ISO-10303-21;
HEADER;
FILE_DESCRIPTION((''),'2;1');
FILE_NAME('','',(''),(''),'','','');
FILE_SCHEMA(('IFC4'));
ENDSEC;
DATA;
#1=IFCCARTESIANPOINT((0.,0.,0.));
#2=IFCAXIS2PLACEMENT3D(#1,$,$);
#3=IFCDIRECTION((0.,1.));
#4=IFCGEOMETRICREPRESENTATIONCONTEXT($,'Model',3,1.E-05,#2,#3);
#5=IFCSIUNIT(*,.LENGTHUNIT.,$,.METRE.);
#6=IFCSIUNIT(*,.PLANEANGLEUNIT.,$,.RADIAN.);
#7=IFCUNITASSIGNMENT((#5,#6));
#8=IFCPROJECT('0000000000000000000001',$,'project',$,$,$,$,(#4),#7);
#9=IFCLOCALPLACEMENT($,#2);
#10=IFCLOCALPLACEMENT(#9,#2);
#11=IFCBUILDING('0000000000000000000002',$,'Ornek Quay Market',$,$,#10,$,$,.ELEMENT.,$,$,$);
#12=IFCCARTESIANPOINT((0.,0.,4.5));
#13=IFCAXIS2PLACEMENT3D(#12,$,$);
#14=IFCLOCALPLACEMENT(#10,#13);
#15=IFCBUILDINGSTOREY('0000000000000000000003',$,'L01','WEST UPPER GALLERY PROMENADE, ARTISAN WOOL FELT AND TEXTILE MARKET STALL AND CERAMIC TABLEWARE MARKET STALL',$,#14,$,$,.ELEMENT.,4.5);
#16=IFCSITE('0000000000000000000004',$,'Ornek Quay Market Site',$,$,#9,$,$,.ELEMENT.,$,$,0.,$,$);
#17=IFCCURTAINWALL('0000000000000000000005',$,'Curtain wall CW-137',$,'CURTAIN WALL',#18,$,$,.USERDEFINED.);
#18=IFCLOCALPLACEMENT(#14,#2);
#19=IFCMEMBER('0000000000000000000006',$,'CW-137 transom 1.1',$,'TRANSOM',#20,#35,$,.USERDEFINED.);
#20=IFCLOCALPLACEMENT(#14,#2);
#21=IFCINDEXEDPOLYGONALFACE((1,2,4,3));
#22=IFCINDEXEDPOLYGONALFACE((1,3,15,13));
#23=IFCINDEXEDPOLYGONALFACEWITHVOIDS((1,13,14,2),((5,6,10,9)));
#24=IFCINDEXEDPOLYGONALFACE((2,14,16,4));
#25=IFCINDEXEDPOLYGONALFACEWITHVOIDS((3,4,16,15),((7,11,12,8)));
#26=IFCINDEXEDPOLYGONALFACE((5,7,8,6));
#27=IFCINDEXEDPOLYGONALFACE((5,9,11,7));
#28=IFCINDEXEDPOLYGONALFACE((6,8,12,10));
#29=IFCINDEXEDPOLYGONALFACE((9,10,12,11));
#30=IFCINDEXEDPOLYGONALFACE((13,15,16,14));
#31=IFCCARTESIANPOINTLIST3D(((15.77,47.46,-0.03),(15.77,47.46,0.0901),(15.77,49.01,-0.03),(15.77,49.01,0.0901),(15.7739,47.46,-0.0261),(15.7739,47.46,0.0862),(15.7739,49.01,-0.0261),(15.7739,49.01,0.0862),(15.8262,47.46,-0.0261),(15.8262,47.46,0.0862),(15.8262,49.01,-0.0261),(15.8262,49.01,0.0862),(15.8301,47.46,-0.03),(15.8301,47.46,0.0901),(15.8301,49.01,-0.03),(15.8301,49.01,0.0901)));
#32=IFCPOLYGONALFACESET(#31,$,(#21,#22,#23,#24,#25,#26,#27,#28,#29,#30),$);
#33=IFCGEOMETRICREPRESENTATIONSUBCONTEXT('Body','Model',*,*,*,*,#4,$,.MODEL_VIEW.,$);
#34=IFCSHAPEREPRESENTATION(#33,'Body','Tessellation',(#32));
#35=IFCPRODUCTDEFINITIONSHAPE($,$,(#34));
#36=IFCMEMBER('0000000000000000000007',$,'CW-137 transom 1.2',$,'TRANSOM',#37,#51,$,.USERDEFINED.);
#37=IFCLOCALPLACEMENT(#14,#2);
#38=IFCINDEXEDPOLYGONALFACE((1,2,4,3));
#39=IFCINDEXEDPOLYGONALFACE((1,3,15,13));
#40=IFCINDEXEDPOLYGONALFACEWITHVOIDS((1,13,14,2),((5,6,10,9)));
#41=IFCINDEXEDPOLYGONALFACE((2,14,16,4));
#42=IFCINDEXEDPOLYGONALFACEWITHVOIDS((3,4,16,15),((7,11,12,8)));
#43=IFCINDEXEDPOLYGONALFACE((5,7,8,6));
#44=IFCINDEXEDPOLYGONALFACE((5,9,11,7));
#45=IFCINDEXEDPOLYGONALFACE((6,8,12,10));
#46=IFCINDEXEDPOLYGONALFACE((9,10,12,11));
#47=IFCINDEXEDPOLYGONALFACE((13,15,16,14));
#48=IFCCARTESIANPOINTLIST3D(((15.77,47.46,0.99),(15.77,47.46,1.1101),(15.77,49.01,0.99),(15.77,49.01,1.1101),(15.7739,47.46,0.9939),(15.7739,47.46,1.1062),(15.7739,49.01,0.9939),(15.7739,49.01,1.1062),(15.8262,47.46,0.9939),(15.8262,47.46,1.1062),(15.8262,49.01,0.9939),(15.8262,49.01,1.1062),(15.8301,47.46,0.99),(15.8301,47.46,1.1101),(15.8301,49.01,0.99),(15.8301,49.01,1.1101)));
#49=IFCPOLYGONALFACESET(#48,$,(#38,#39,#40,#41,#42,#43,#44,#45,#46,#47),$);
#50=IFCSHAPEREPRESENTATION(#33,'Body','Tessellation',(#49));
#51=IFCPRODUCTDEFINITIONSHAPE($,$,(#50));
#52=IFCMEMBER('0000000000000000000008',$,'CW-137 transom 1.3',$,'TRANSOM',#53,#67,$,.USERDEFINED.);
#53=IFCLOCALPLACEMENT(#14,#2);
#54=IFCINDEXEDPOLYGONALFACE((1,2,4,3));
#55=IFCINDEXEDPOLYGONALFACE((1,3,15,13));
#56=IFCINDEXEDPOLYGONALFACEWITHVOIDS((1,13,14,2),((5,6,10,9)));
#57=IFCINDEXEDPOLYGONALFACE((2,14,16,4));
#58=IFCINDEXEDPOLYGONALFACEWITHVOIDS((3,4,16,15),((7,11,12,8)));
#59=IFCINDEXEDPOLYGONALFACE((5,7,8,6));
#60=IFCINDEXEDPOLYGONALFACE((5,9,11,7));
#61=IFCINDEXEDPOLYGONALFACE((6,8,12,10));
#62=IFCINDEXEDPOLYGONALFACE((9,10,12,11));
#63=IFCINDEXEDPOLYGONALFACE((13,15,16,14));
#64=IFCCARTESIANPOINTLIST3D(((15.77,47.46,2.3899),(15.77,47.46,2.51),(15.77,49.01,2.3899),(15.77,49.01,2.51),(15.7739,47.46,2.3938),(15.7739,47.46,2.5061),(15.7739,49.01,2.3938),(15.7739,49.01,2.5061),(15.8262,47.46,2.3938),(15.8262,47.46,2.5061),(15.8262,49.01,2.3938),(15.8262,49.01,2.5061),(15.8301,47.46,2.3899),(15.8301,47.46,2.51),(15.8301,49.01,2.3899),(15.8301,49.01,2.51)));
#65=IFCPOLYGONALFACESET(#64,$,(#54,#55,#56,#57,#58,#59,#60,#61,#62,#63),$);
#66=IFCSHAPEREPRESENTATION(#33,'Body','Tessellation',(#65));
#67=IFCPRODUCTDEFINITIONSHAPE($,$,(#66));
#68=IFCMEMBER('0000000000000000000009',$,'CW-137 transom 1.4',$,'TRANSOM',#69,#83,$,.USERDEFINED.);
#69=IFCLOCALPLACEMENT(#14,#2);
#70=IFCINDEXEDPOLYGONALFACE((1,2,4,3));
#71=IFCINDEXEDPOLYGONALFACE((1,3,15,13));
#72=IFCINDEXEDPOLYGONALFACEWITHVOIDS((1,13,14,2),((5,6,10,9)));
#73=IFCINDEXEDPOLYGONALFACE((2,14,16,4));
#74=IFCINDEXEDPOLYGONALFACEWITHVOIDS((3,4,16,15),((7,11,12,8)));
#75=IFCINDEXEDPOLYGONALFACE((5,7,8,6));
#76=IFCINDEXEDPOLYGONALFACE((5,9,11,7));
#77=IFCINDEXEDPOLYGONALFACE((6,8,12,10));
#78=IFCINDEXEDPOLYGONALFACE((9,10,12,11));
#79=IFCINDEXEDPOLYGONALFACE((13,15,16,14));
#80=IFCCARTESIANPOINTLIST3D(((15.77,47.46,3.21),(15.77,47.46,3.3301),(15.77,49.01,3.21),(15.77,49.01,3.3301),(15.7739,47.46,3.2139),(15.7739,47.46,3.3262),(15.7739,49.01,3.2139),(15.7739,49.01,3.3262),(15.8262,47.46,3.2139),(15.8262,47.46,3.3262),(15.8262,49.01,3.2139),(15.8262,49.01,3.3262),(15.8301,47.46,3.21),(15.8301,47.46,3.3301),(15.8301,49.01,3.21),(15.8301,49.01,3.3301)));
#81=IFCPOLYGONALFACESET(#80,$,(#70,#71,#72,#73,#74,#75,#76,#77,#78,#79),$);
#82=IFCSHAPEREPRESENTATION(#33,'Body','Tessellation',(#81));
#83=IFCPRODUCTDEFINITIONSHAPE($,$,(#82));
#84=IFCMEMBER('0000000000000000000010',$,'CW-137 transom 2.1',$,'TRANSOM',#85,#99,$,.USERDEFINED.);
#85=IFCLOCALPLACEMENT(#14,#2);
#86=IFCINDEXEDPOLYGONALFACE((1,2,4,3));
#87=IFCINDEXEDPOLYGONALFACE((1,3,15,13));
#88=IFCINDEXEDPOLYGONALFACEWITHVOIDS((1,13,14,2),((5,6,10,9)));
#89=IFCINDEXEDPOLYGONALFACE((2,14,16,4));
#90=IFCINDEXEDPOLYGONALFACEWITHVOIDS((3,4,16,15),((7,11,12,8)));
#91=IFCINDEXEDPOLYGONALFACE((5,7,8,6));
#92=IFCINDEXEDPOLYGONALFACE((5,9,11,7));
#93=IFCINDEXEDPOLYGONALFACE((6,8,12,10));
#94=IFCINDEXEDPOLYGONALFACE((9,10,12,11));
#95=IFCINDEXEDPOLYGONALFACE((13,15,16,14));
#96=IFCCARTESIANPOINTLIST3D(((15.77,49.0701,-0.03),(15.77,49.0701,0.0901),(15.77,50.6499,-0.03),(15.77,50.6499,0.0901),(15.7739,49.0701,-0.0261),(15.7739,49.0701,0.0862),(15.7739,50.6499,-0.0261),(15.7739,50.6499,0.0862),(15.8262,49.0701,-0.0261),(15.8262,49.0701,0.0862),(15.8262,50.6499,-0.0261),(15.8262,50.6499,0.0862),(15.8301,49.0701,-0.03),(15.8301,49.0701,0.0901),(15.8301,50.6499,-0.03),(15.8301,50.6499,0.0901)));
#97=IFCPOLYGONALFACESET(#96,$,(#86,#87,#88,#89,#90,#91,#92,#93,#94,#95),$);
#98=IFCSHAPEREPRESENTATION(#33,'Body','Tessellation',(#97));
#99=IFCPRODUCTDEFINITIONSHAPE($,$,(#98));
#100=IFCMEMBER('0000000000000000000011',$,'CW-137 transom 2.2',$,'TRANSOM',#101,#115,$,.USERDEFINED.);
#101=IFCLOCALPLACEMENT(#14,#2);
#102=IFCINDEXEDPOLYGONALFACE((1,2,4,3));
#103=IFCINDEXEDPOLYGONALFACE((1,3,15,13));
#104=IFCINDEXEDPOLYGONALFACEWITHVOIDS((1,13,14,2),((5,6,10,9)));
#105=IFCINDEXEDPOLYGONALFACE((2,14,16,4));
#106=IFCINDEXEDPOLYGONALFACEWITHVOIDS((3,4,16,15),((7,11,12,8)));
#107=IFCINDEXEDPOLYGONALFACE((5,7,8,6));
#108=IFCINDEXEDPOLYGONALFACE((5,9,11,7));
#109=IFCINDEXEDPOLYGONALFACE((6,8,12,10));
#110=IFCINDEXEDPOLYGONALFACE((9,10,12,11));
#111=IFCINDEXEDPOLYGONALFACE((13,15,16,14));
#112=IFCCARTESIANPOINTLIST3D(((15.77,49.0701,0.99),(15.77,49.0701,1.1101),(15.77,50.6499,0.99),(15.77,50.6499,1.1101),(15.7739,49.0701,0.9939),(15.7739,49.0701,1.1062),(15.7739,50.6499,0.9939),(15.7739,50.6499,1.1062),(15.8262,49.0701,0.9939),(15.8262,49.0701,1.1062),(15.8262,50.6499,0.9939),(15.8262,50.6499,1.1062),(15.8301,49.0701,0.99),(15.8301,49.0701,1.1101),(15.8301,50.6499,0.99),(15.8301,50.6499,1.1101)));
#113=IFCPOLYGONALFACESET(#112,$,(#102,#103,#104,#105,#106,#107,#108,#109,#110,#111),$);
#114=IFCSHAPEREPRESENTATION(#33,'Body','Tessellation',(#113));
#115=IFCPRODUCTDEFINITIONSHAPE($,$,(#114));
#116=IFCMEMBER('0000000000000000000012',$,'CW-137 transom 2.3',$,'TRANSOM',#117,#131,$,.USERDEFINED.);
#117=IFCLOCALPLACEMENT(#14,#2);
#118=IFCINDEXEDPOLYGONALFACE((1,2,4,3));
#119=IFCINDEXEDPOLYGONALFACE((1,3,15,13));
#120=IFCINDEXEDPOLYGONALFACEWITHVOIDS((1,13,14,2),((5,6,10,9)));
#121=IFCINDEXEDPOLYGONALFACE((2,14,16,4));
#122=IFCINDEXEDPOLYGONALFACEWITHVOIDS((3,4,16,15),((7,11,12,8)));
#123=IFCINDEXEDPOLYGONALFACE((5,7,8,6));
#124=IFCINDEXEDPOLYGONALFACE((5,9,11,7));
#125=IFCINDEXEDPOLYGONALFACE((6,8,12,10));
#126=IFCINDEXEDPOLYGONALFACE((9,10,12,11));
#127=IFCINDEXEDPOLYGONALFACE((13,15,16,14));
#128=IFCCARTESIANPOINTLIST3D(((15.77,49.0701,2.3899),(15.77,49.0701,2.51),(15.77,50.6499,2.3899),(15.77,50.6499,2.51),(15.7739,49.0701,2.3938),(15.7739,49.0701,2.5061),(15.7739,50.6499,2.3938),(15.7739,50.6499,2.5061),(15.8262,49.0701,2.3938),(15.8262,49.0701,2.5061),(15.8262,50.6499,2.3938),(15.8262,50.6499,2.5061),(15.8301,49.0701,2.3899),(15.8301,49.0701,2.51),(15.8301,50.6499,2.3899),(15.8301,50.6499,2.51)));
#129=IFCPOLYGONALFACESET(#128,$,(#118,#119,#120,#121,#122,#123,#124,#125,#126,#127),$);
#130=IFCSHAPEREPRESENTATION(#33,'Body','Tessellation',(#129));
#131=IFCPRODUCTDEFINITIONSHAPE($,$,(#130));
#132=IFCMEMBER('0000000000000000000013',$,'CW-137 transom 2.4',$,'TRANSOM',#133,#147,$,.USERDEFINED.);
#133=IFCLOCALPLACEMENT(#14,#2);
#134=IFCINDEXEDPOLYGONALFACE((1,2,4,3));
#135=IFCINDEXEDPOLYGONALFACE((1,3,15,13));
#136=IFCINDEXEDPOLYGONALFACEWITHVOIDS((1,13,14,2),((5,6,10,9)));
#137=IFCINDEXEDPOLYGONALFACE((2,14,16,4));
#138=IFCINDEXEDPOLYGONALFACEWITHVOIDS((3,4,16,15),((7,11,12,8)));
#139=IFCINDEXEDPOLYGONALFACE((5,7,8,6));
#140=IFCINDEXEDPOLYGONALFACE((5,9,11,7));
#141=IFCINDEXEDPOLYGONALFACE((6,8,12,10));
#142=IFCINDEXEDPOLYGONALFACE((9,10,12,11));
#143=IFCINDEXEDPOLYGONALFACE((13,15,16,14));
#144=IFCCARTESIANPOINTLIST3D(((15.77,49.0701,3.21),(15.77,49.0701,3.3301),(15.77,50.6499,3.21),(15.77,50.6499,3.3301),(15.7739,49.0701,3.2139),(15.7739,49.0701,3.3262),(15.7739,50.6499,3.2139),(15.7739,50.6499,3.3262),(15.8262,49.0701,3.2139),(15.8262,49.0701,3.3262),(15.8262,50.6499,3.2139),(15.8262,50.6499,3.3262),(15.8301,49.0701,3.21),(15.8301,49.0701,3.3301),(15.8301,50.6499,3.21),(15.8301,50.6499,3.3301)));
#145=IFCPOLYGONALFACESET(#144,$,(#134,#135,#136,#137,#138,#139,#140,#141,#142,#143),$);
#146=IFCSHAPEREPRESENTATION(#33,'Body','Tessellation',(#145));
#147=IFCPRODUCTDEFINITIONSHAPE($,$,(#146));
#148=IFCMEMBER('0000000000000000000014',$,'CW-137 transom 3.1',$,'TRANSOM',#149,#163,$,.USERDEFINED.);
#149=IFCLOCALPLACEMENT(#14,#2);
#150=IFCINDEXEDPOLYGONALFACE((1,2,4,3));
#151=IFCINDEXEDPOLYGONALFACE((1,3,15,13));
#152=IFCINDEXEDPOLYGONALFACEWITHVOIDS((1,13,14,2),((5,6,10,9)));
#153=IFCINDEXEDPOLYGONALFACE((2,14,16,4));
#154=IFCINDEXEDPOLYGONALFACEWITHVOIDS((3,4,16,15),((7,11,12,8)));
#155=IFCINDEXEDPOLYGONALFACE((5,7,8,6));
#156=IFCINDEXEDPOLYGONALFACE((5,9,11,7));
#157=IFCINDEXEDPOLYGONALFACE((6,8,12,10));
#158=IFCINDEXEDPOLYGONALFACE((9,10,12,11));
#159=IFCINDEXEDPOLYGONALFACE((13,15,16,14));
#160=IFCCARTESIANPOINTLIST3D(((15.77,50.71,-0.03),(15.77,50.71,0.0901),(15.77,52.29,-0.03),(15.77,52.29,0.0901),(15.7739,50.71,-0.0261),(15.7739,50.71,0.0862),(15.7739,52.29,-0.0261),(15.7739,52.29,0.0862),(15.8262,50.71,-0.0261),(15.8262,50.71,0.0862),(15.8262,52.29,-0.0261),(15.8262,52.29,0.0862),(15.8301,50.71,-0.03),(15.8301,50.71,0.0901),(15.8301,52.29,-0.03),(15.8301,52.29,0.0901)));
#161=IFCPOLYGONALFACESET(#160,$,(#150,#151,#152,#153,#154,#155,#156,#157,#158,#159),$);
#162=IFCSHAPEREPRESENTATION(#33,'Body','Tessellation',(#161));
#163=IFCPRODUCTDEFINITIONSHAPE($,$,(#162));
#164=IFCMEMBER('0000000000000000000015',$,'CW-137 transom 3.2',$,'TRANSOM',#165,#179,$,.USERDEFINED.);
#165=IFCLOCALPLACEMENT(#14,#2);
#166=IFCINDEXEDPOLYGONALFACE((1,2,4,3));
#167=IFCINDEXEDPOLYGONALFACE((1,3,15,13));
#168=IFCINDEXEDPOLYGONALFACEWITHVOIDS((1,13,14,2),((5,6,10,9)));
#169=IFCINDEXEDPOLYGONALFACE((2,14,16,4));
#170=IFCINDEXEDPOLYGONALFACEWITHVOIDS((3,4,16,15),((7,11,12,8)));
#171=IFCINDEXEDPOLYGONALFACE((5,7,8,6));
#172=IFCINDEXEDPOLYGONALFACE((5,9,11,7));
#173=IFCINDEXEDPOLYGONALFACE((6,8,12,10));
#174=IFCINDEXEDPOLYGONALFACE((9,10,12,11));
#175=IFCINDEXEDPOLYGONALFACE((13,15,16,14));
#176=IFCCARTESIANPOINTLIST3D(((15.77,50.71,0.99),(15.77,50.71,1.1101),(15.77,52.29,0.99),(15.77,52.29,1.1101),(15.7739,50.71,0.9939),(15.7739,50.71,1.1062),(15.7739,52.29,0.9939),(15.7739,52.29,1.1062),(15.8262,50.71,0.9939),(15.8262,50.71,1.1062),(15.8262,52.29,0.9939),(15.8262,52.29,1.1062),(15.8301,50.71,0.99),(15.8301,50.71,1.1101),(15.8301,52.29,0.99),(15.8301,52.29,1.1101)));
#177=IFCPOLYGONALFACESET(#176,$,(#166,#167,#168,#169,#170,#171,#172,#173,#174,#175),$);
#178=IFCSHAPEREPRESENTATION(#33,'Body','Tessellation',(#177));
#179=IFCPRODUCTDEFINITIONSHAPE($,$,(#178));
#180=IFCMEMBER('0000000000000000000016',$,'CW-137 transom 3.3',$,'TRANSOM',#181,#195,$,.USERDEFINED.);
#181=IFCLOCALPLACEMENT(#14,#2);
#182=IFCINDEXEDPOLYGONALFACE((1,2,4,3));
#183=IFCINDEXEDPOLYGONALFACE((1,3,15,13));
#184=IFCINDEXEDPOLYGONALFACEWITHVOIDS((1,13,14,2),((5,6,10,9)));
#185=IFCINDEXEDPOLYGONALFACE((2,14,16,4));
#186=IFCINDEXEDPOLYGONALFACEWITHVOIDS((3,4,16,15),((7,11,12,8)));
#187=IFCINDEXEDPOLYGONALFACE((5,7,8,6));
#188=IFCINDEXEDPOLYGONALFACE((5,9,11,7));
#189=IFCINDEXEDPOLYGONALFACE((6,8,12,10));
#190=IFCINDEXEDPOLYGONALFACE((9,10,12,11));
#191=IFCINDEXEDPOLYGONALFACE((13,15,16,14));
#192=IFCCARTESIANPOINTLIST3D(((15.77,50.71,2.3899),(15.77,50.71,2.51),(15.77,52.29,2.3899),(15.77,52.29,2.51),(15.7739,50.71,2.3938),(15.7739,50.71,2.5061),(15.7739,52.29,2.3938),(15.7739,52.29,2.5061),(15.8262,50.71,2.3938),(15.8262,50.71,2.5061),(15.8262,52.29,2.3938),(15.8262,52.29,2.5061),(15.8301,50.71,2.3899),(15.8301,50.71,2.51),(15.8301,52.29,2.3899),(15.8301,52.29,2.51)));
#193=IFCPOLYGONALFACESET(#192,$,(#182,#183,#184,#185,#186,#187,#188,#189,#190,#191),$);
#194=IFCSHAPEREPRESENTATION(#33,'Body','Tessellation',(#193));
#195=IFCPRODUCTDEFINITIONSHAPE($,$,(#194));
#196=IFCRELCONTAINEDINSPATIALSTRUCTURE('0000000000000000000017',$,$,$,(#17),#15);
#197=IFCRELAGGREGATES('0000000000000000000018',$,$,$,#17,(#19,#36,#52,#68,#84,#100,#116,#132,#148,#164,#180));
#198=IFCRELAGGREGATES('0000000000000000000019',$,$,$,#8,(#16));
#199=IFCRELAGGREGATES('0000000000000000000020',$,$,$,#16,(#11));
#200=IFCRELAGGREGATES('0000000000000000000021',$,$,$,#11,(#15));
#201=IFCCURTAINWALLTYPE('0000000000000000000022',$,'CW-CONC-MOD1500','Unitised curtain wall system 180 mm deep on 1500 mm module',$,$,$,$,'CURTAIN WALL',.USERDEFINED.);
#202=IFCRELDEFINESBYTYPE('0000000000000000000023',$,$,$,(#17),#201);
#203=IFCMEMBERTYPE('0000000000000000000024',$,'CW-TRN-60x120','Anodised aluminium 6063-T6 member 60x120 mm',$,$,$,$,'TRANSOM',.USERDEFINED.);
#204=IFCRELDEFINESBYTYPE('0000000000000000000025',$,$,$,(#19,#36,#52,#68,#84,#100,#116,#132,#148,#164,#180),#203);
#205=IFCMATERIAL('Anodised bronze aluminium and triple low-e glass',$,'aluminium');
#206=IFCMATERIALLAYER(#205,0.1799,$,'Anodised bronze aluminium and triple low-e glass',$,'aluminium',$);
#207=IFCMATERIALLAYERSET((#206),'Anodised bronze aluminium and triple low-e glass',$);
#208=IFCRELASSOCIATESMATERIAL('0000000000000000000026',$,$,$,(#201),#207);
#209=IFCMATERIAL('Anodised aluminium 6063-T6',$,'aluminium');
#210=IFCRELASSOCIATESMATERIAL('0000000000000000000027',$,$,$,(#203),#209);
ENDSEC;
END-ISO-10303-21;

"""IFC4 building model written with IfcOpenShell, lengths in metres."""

from ifc_helpers import new_model, si_unit, direction, frame, origin, origin_2d, place, context, subcontext, project, spatial, hollow_rectangle, extrude, material, layer, layer_set, material_profile, profile_set, type_object, element, aggregate, save


model = new_model("IFC4")

# Units and contexts
model_context = context("Model", 3, precision=1e-05, world=origin(), true_north=direction((0.0, 1.0)))
body_context = subcontext(model_context, "Body", "Model", "MODEL_VIEW")
ifc_project = project(units=[si_unit("LENGTHUNIT", "METRE"), si_unit("PLANEANGLEUNIT", "RADIAN")], contexts=[model_context])

# Site, building, storey
site_placement = place(None, origin())
site = spatial("IfcSite", under=ifc_project, at=site_placement, Name="Ornek Quay Market Site", CompositionType="ELEMENT", RefElevation=0.0)
building_placement = place(site_placement, origin())
building = spatial("IfcBuilding", under=site, at=building_placement, Name="Ornek Quay Market", CompositionType="ELEMENT")
storey_placement = place(building_placement, frame((0.0, 0.0, 4.5)))
storey = spatial("IfcBuildingStorey", under=building, at=storey_placement, Name="L01", Description="WEST UPPER GALLERY PROMENADE, ARTISAN WOOL FELT AND TEXTILE MARKET STALL AND CERAMIC TABLEWARE MARKET STALL", CompositionType="ELEMENT", Elevation=4.5)

# Curtain wall, members
ifc_material_1 = material(Name="Anodised bronze aluminium and triple low-e glass", Category="aluminium")
ifc_layer_1 = layer(ifc_material_1, 0.1799, Name="Anodised bronze aluminium and triple low-e glass", Category="aluminium")
ifc_layer_set_1 = layer_set([ifc_layer_1], Name="Anodised bronze aluminium and triple low-e glass")
curtain_wall_type = type_object("IfcCurtainWallType", Name="CW-CONC-MOD1500", Description="Unitised curtain wall system 180 mm deep on 1500 mm module", ElementType="CURTAIN WALL", PredefinedType="USERDEFINED", material=ifc_layer_set_1)
curtain_wall_placement = place(storey_placement, origin())
curtain_wall = element("IfcCurtainWall", 1, at=curtain_wall_placement, inside=storey, type_object=curtain_wall_type, Name="Curtain wall CW-137", ObjectType="CURTAIN WALL", PredefinedType="USERDEFINED")
ifc_material_2 = material(Name="Anodised aluminium 6063-T6", Category="aluminium")
ifc_material_profile_1 = material_profile(ifc_material_2, hollow_rectangle(XDim=0.0601, YDim=0.1201, WallThickness=0.0039, at=origin_2d()), Name="CW-TRN-60x120", Category="aluminium")
ifc_profile_set_1 = profile_set([ifc_material_profile_1], Name="Anodised aluminium 6063-T6")
member_type_1 = type_object("IfcMemberType", Name="CW-TRN-60x120", Description="Anodised aluminium 6063-T6 member 60x120 mm", ElementType="TRANSOM", PredefinedType="USERDEFINED", material=ifc_profile_set_1)
member_1_placement = place(storey_placement, frame((15.8, 47.46, 0.03), z_axis=(0.0, 1.0, 0.0), x_axis=(-1.0, 0.0, 0.0)))
member_1 = element("IfcMember", 2, at=member_1_placement, type_object=member_type_1, Name="CW-137 transom 1.1", ObjectType="TRANSOM", PredefinedType="USERDEFINED", context=body_context, shape_type="SweptSolid", body=[
    extrude(hollow_rectangle(XDim=0.0601, YDim=0.1201, WallThickness=0.0039, at=origin_2d()), origin(), (0.0, 0.0, 1.0), 1.55),
])
member_2_placement = place(storey_placement, frame((15.8, 47.46, 1.05), z_axis=(0.0, 1.0, 0.0), x_axis=(-1.0, 0.0, 0.0)))
member_2 = element("IfcMember", 3, at=member_2_placement, type_object=member_type_1, Name="CW-137 transom 1.2", ObjectType="TRANSOM", PredefinedType="USERDEFINED", context=body_context, shape_type="SweptSolid", body=[
    extrude(hollow_rectangle(XDim=0.0601, YDim=0.1201, WallThickness=0.0039, at=origin_2d()), origin(), (0.0, 0.0, 1.0), 1.55),
])
member_3_placement = place(storey_placement, frame((15.8, 47.46, 2.45), z_axis=(0.0, 1.0, 0.0), x_axis=(-1.0, 0.0, 0.0)))
member_3 = element("IfcMember", 4, at=member_3_placement, type_object=member_type_1, Name="CW-137 transom 1.3", ObjectType="TRANSOM", PredefinedType="USERDEFINED", context=body_context, shape_type="SweptSolid", body=[
    extrude(hollow_rectangle(XDim=0.0601, YDim=0.1201, WallThickness=0.0039, at=origin_2d()), origin(), (0.0, 0.0, 1.0), 1.55),
])
member_4_placement = place(storey_placement, frame((15.8, 47.46, 3.27), z_axis=(0.0, 1.0, 0.0), x_axis=(-1.0, 0.0, 0.0)))
member_4 = element("IfcMember", 5, at=member_4_placement, type_object=member_type_1, Name="CW-137 transom 1.4", ObjectType="TRANSOM", PredefinedType="USERDEFINED", context=body_context, shape_type="SweptSolid", body=[
    extrude(hollow_rectangle(XDim=0.0601, YDim=0.1201, WallThickness=0.0039, at=origin_2d()), origin(), (0.0, 0.0, 1.0), 1.55),
])
member_5_placement = place(storey_placement, frame((15.8, 49.0701, 0.03), z_axis=(0.0, 1.0, 0.0), x_axis=(-1.0, 0.0, 0.0)))
member_5 = element("IfcMember", 6, at=member_5_placement, type_object=member_type_1, Name="CW-137 transom 2.1", ObjectType="TRANSOM", PredefinedType="USERDEFINED", context=body_context, shape_type="SweptSolid", body=[
    extrude(hollow_rectangle(XDim=0.0601, YDim=0.1201, WallThickness=0.0039, at=origin_2d()), origin(), (0.0, 0.0, 1.0), 1.5798),
])
member_6_placement = place(storey_placement, frame((15.8, 49.0701, 1.05), z_axis=(0.0, 1.0, 0.0), x_axis=(-1.0, 0.0, 0.0)))
member_6 = element("IfcMember", 7, at=member_6_placement, type_object=member_type_1, Name="CW-137 transom 2.2", ObjectType="TRANSOM", PredefinedType="USERDEFINED", context=body_context, shape_type="SweptSolid", body=[
    extrude(hollow_rectangle(XDim=0.0601, YDim=0.1201, WallThickness=0.0039, at=origin_2d()), origin(), (0.0, 0.0, 1.0), 1.5798),
])
member_7_placement = place(storey_placement, frame((15.8, 49.0701, 2.45), z_axis=(0.0, 1.0, 0.0), x_axis=(-1.0, 0.0, 0.0)))
member_7 = element("IfcMember", 8, at=member_7_placement, type_object=member_type_1, Name="CW-137 transom 2.3", ObjectType="TRANSOM", PredefinedType="USERDEFINED", context=body_context, shape_type="SweptSolid", body=[
    extrude(hollow_rectangle(XDim=0.0601, YDim=0.1201, WallThickness=0.0039, at=origin_2d()), origin(), (0.0, 0.0, 1.0), 1.5798),
])
member_8_placement = place(storey_placement, frame((15.8, 49.0701, 3.27), z_axis=(0.0, 1.0, 0.0), x_axis=(-1.0, 0.0, 0.0)))
member_8 = element("IfcMember", 9, at=member_8_placement, type_object=member_type_1, Name="CW-137 transom 2.4", ObjectType="TRANSOM", PredefinedType="USERDEFINED", context=body_context, shape_type="SweptSolid", body=[
    extrude(hollow_rectangle(XDim=0.0601, YDim=0.1201, WallThickness=0.0039, at=origin_2d()), origin(), (0.0, 0.0, 1.0), 1.5798),
])
member_9_placement = place(storey_placement, frame((15.8, 50.71, 0.03), z_axis=(0.0, 1.0, 0.0), x_axis=(-1.0, 0.0, 0.0)))
member_9 = element("IfcMember", 10, at=member_9_placement, type_object=member_type_1, Name="CW-137 transom 3.1", ObjectType="TRANSOM", PredefinedType="USERDEFINED", context=body_context, shape_type="SweptSolid", body=[
    extrude(hollow_rectangle(XDim=0.0601, YDim=0.1201, WallThickness=0.0039, at=origin_2d()), origin(), (0.0, 0.0, 1.0), 1.5801),
])
member_10_placement = place(storey_placement, frame((15.8, 50.71, 1.05), z_axis=(0.0, 1.0, 0.0), x_axis=(-1.0, 0.0, 0.0)))
member_10 = element("IfcMember", 11, at=member_10_placement, type_object=member_type_1, Name="CW-137 transom 3.2", ObjectType="TRANSOM", PredefinedType="USERDEFINED", context=body_context, shape_type="SweptSolid", body=[
    extrude(hollow_rectangle(XDim=0.0601, YDim=0.1201, WallThickness=0.0039, at=origin_2d()), origin(), (0.0, 0.0, 1.0), 1.5801),
])
member_11_placement = place(storey_placement, frame((15.8, 50.71, 2.45), z_axis=(0.0, 1.0, 0.0), x_axis=(-1.0, 0.0, 0.0)))
member_11 = element("IfcMember", 12, at=member_11_placement, type_object=member_type_1, Name="CW-137 transom 3.3", ObjectType="TRANSOM", PredefinedType="USERDEFINED", context=body_context, shape_type="SweptSolid", body=[
    extrude(hollow_rectangle(XDim=0.0601, YDim=0.1201, WallThickness=0.0039, at=origin_2d()), origin(), (0.0, 0.0, 1.0), 1.5801),
])
aggregate(curtain_wall, [member_1, member_2, member_3, member_4, member_5, member_6, member_7, member_8, member_9, member_10, member_11])

save(model, "model.ifc")
